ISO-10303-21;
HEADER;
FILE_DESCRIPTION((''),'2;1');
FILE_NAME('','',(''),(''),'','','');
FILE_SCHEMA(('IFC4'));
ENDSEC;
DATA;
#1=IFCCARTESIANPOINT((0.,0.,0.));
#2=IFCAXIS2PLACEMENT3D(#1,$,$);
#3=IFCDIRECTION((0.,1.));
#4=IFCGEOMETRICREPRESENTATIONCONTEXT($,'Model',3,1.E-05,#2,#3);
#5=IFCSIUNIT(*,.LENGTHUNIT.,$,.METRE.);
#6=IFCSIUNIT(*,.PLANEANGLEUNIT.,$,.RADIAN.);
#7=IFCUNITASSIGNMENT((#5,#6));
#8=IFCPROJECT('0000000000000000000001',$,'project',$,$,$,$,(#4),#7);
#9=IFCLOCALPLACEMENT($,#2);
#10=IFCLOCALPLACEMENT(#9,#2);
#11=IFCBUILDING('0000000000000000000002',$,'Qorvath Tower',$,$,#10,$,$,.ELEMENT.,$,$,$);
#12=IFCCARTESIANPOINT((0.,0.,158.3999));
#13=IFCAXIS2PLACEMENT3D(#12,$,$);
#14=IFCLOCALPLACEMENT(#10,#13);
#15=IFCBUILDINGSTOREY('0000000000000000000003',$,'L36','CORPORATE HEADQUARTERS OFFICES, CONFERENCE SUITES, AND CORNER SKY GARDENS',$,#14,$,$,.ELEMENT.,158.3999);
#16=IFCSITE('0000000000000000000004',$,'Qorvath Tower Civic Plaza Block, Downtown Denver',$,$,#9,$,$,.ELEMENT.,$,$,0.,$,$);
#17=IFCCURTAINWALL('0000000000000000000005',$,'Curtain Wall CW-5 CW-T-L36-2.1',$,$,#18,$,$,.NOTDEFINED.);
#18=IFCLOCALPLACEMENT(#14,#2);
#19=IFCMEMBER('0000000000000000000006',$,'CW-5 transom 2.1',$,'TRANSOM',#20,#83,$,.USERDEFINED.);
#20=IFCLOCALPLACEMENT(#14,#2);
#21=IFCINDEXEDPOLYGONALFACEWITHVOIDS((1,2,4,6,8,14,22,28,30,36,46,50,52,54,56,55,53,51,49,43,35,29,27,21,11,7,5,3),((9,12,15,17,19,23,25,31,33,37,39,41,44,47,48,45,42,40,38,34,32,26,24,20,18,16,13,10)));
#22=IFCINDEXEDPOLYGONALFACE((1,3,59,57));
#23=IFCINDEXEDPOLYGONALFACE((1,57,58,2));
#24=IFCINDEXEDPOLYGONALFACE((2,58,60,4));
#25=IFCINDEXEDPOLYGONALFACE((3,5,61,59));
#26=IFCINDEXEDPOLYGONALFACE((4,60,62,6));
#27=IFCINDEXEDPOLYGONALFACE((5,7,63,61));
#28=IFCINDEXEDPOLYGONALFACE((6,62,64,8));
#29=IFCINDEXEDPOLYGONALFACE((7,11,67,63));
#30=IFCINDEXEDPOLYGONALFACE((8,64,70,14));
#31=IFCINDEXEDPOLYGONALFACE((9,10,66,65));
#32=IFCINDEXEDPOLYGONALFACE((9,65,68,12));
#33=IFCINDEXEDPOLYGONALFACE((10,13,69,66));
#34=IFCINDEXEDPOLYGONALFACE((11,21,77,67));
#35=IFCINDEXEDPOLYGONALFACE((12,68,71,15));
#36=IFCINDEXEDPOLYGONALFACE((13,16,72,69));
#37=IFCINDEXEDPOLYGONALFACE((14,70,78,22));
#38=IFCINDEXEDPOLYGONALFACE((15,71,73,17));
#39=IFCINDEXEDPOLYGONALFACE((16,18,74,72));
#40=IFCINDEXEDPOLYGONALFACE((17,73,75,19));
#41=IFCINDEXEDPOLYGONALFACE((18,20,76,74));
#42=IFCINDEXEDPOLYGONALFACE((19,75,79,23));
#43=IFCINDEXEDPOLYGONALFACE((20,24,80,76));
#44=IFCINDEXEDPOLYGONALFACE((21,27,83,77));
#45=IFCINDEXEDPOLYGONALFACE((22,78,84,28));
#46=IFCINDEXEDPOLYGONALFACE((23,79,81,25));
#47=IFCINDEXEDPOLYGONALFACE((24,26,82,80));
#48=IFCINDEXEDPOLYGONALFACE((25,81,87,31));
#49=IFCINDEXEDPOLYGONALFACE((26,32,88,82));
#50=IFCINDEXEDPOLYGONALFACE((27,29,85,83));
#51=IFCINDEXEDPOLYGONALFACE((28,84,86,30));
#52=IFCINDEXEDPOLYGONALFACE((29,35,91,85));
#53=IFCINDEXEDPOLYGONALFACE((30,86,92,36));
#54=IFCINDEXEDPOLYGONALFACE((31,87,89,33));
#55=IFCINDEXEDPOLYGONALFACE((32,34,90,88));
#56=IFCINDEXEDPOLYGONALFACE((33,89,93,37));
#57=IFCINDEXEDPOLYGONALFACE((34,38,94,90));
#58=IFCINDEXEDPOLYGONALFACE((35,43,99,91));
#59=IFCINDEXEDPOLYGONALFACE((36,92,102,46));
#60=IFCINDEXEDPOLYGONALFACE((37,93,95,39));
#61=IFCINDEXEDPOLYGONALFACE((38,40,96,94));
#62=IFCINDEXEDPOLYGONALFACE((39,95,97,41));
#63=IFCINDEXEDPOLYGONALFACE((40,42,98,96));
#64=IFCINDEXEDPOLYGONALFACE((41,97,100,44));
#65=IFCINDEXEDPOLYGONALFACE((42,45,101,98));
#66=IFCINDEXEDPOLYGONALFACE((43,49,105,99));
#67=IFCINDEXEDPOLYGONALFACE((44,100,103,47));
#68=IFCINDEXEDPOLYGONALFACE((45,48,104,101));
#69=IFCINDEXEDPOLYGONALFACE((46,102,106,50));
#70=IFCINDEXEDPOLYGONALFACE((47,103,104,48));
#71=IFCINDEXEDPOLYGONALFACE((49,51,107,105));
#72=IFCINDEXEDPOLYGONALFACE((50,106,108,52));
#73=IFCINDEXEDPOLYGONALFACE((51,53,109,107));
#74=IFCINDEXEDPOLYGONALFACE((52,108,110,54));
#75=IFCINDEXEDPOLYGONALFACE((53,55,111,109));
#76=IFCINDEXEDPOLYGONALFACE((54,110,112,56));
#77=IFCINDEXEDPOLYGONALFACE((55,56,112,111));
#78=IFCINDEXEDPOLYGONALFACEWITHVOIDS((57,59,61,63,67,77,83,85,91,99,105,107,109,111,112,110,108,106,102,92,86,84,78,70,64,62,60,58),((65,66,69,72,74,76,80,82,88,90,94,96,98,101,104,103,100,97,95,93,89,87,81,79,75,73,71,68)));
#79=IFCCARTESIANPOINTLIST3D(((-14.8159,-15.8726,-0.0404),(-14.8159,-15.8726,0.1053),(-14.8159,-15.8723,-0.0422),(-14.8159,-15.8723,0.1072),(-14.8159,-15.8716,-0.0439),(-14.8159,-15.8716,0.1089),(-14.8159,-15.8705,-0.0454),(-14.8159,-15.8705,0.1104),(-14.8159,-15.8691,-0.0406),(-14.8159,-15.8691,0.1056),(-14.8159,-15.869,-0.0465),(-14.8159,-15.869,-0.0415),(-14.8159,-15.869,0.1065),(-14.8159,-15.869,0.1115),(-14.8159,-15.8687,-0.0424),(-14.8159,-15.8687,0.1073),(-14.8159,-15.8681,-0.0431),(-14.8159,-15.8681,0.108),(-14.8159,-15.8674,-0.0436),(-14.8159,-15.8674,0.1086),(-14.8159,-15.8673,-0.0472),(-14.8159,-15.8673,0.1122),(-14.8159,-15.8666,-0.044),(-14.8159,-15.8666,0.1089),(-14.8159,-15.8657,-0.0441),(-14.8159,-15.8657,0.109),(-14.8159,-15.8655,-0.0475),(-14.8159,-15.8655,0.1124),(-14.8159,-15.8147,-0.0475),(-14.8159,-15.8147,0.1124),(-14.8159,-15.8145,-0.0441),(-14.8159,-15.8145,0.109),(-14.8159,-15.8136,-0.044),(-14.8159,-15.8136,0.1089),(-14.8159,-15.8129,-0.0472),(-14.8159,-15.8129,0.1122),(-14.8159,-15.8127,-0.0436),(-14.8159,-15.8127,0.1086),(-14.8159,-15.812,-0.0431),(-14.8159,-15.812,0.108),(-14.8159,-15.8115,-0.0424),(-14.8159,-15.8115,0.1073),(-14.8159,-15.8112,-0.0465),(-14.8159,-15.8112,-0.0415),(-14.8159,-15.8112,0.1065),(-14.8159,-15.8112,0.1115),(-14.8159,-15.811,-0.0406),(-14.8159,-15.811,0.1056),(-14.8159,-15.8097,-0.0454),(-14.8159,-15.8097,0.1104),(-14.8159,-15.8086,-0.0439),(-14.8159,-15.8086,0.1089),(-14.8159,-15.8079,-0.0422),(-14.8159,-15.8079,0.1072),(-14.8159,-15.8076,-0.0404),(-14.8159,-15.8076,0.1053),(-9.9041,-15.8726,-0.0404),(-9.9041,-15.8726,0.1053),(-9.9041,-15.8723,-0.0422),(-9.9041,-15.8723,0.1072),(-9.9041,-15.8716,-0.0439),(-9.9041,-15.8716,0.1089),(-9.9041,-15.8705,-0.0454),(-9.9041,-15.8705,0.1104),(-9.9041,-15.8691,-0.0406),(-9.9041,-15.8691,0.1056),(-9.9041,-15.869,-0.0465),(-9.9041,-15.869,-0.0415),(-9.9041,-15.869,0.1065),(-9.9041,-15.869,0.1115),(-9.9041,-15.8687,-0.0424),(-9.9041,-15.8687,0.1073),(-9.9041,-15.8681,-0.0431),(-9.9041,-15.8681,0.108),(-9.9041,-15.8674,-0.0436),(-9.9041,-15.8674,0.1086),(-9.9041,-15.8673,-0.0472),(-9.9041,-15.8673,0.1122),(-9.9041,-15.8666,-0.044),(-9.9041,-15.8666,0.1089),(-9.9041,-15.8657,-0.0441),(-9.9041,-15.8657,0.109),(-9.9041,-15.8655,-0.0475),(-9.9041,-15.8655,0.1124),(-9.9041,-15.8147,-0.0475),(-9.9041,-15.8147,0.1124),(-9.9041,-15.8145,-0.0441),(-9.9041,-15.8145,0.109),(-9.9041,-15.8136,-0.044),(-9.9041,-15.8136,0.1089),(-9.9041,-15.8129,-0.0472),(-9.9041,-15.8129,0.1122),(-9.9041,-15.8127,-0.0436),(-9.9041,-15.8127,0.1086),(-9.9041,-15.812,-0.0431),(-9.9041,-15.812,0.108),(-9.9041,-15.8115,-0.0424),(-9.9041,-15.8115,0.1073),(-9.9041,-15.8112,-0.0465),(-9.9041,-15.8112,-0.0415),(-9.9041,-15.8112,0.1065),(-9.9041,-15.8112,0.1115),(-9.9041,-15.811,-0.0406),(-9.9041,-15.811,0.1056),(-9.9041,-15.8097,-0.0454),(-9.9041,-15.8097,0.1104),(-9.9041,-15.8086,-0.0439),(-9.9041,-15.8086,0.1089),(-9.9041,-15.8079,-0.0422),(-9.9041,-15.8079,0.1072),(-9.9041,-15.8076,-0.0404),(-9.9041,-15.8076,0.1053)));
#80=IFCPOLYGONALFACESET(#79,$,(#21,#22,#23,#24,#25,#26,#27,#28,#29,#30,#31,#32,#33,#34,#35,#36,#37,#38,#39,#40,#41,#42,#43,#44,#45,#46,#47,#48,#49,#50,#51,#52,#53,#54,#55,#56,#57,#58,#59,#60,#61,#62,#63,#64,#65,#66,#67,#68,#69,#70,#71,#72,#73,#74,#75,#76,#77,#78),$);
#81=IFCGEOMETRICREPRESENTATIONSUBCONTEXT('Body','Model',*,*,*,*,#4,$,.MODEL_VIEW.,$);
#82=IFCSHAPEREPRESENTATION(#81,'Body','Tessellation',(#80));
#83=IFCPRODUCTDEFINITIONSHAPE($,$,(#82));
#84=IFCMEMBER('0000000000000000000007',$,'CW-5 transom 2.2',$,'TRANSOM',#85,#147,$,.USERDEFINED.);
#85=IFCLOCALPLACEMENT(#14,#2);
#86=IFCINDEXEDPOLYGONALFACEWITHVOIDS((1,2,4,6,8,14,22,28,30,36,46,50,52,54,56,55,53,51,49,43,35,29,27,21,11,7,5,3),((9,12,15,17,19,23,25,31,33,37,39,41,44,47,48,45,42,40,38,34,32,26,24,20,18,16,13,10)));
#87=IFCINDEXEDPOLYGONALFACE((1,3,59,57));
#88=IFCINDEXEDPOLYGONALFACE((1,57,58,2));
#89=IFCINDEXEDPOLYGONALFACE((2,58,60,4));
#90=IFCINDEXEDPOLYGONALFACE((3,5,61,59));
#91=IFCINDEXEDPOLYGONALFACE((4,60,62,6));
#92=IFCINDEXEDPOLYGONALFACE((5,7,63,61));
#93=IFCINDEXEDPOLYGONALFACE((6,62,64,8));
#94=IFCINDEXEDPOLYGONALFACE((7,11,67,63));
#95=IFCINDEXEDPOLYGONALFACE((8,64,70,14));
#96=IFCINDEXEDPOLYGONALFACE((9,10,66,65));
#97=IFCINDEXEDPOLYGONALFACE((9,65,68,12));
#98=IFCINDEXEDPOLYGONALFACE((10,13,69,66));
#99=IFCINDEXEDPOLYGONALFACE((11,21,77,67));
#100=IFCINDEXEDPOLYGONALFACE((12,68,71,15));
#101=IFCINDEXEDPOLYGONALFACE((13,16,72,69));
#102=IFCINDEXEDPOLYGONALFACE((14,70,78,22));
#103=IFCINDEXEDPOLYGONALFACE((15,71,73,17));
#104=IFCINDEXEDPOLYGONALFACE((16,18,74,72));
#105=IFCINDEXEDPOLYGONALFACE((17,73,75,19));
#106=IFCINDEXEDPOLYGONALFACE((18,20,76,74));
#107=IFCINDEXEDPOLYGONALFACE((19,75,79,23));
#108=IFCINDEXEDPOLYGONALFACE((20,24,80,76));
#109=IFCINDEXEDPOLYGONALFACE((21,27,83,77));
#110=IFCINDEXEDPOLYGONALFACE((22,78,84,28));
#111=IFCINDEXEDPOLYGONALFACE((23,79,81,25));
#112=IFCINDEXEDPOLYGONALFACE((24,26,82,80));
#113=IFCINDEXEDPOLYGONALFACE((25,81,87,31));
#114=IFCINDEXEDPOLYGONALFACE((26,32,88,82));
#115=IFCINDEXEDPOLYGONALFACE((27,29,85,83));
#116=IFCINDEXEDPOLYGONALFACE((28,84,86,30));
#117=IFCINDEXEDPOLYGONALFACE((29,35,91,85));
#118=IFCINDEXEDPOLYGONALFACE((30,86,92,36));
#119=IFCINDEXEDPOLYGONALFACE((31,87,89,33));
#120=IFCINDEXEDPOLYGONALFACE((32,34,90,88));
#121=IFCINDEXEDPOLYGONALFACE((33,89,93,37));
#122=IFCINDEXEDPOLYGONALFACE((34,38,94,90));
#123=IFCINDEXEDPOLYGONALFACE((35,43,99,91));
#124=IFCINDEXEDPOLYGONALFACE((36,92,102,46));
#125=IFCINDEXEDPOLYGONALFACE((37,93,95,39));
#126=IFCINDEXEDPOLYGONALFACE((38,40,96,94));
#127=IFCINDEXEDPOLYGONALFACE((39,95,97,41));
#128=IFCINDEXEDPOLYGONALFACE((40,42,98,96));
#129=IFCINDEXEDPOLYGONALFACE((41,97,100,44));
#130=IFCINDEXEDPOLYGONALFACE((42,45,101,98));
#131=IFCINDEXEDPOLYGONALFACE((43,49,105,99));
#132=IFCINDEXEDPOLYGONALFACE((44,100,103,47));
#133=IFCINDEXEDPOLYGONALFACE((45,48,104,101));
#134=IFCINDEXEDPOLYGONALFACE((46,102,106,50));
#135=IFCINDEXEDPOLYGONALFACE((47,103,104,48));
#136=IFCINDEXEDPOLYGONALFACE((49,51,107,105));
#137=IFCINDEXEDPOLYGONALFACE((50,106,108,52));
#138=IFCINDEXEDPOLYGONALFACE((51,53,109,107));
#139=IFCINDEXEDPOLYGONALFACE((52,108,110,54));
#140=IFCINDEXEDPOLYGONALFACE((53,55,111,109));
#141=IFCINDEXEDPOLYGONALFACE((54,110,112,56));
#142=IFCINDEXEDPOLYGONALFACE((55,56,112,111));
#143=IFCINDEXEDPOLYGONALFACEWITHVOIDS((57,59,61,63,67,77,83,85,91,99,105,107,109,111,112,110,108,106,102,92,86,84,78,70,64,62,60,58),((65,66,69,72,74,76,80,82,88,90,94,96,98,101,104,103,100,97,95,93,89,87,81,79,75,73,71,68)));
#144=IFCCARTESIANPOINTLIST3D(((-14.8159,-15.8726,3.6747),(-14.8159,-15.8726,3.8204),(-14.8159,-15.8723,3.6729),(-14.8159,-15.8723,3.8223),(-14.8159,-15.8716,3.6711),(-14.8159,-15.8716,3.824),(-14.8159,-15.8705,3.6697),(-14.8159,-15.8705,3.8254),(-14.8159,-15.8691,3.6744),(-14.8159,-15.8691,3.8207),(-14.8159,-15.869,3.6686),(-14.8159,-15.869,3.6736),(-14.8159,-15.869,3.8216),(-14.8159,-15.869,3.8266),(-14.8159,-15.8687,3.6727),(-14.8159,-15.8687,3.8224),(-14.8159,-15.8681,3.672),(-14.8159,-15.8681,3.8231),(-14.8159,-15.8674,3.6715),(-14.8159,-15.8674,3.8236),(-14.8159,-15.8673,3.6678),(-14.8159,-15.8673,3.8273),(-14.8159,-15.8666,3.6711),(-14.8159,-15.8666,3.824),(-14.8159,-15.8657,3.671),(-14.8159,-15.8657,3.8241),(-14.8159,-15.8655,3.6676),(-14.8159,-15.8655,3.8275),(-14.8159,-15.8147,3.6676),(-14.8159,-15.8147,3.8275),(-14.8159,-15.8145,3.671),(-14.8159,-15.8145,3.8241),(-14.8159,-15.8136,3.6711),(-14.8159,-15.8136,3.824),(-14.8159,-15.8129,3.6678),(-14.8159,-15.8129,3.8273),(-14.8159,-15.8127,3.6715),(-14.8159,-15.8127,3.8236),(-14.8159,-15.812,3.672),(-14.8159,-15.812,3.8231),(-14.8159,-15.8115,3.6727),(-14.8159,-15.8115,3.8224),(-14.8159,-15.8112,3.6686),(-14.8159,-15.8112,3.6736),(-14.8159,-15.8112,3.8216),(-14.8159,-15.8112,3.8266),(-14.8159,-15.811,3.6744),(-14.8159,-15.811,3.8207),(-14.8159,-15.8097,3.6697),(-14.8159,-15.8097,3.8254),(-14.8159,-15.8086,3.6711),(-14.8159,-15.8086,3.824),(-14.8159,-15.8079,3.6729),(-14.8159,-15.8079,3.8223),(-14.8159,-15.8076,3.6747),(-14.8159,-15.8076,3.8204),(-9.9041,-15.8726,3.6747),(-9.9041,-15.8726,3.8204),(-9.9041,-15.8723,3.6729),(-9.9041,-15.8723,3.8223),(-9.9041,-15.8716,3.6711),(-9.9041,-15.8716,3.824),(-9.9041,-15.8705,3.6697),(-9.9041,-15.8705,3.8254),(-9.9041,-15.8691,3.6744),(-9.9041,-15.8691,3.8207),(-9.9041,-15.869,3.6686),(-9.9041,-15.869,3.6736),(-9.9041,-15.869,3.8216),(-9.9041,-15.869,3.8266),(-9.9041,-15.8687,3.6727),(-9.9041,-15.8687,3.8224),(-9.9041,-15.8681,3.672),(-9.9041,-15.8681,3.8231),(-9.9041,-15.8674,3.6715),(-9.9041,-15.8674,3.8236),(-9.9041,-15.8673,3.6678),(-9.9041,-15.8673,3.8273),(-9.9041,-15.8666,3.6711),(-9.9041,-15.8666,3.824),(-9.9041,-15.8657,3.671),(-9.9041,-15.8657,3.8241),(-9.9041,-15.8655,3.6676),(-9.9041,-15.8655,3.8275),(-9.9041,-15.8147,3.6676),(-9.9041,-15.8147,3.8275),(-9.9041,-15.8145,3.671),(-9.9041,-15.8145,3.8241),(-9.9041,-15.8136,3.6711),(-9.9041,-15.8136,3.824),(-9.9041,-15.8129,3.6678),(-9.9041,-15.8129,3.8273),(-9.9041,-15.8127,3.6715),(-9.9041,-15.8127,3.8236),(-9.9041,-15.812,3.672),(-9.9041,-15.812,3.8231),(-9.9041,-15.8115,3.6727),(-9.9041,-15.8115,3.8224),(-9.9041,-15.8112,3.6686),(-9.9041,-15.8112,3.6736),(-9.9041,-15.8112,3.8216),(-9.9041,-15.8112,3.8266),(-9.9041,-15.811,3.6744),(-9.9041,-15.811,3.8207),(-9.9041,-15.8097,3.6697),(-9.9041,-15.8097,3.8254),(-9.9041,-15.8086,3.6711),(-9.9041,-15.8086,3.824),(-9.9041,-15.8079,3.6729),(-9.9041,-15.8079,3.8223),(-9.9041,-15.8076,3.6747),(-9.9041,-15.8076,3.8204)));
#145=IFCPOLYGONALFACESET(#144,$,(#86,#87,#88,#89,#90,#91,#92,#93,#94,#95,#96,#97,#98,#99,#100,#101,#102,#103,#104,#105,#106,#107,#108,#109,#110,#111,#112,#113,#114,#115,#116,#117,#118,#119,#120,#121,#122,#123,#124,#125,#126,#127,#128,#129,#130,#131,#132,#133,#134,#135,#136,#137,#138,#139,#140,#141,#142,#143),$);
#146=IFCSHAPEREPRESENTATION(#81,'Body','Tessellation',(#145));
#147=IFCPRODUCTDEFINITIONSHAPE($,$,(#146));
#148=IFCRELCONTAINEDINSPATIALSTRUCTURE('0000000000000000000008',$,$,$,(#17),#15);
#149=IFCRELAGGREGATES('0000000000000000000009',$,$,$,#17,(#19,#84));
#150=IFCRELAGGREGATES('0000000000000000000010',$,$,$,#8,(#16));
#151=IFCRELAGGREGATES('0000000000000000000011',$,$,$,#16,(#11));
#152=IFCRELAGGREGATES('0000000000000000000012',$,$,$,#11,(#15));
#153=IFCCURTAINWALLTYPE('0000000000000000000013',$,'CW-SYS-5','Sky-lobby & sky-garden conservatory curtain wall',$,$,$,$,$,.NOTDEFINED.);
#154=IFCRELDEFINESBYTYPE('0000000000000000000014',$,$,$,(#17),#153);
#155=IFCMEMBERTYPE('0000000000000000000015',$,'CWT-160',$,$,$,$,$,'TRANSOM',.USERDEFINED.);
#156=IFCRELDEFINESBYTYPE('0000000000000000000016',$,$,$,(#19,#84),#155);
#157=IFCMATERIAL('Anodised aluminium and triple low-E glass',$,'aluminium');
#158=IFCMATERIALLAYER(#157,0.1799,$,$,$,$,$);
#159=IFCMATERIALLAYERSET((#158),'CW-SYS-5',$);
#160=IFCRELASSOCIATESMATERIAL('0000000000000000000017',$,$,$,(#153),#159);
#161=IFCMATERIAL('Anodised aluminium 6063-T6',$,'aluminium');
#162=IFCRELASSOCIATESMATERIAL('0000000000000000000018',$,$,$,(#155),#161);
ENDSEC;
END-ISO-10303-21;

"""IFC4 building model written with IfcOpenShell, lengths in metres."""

from ifc_helpers import new_model, si_unit, direction, frame, origin, origin_2d, place, context, subcontext, project, spatial, hollow_rectangle, extrude, material, layer, layer_set, material_profile, profile_set, type_object, element, aggregate, save


model = new_model("IFC4")

# Units and contexts
model_context = context("Model", 3, precision=1e-05, world=origin(), true_north=direction((0.0, 1.0)))
body_context = subcontext(model_context, "Body", "Model", "MODEL_VIEW")
ifc_project = project(units=[si_unit("LENGTHUNIT", "METRE"), si_unit("PLANEANGLEUNIT", "RADIAN")], contexts=[model_context])

# Site, building, storey
site_placement = place(None, origin())
site = spatial("IfcSite", under=ifc_project, at=site_placement, Name="Qorvath Tower Civic Plaza Block, Downtown Denver", CompositionType="ELEMENT", RefElevation=0.0)
building_placement = place(site_placement, origin())
building = spatial("IfcBuilding", under=site, at=building_placement, Name="Qorvath Tower", CompositionType="ELEMENT")
storey_placement = place(building_placement, frame((0.0, 0.0, 158.3999)))
storey = spatial("IfcBuildingStorey", under=building, at=storey_placement, Name="L36", Description="CORPORATE HEADQUARTERS OFFICES, CONFERENCE SUITES, AND CORNER SKY GARDENS", CompositionType="ELEMENT", Elevation=158.3999)

# Curtain wall, members
ifc_material_1 = material(Name="Anodised aluminium and triple low-E glass", Category="aluminium")
ifc_layer_1 = layer(ifc_material_1, 0.1799)
ifc_layer_set_1 = layer_set([ifc_layer_1], Name="CW-SYS-5")
curtain_wall_type = type_object("IfcCurtainWallType", Name="CW-SYS-5", Description="Sky-lobby & sky-garden conservatory curtain wall", PredefinedType="NOTDEFINED", material=ifc_layer_set_1)
curtain_wall_placement = place(storey_placement, origin())
curtain_wall = element("IfcCurtainWall", 1, at=curtain_wall_placement, inside=storey, type_object=curtain_wall_type, Name="Curtain Wall CW-5 CW-T-L36-2.1", PredefinedType="NOTDEFINED")
ifc_material_2 = material(Name="Anodised aluminium 6063-T6", Category="aluminium")
ifc_material_profile_1 = material_profile(ifc_material_2, hollow_rectangle(XDim=0.0649, YDim=0.1599, WallThickness=0.0034, InnerFilletRadius=0.0034, OuterFilletRadius=0.0071, at=origin_2d()), Name="CWT 160x65")
ifc_profile_set_1 = profile_set([ifc_material_profile_1], Name="Anodised aluminium 6063-T6")
member_type_1 = type_object("IfcMemberType", Name="CWT-160", ElementType="TRANSOM", PredefinedType="USERDEFINED", material=ifc_profile_set_1)
member_1_placement = place(storey_placement, frame((-14.8159, -15.8401, 0.0325), z_axis=(1.0, 0.0, 0.0), x_axis=(0.0, 1.0, 0.0)))
member_1 = element("IfcMember", 2, at=member_1_placement, type_object=member_type_1, Name="CW-5 transom 2.1", ObjectType="TRANSOM", PredefinedType="USERDEFINED", context=body_context, shape_type="SweptSolid", body=[
    extrude(hollow_rectangle(XDim=0.0649, YDim=0.1599, WallThickness=0.0034, InnerFilletRadius=0.0034, OuterFilletRadius=0.0071, at=origin_2d()), origin(), (0.0, 0.0, 1.0), 4.9119),
])
member_2_placement = place(storey_placement, frame((-14.8159, -15.8401, 3.7476), z_axis=(1.0, 0.0, 0.0), x_axis=(0.0, 1.0, 0.0)))
member_2 = element("IfcMember", 3, at=member_2_placement, type_object=member_type_1, Name="CW-5 transom 2.2", ObjectType="TRANSOM", PredefinedType="USERDEFINED", context=body_context, shape_type="SweptSolid", body=[
    extrude(hollow_rectangle(XDim=0.0649, YDim=0.1599, WallThickness=0.0034, InnerFilletRadius=0.0034, OuterFilletRadius=0.0071, at=origin_2d()), origin(), (0.0, 0.0, 1.0), 4.9119),
])

aggregate(curtain_wall, [member_1, member_2])

save(model, "model.ifc")
